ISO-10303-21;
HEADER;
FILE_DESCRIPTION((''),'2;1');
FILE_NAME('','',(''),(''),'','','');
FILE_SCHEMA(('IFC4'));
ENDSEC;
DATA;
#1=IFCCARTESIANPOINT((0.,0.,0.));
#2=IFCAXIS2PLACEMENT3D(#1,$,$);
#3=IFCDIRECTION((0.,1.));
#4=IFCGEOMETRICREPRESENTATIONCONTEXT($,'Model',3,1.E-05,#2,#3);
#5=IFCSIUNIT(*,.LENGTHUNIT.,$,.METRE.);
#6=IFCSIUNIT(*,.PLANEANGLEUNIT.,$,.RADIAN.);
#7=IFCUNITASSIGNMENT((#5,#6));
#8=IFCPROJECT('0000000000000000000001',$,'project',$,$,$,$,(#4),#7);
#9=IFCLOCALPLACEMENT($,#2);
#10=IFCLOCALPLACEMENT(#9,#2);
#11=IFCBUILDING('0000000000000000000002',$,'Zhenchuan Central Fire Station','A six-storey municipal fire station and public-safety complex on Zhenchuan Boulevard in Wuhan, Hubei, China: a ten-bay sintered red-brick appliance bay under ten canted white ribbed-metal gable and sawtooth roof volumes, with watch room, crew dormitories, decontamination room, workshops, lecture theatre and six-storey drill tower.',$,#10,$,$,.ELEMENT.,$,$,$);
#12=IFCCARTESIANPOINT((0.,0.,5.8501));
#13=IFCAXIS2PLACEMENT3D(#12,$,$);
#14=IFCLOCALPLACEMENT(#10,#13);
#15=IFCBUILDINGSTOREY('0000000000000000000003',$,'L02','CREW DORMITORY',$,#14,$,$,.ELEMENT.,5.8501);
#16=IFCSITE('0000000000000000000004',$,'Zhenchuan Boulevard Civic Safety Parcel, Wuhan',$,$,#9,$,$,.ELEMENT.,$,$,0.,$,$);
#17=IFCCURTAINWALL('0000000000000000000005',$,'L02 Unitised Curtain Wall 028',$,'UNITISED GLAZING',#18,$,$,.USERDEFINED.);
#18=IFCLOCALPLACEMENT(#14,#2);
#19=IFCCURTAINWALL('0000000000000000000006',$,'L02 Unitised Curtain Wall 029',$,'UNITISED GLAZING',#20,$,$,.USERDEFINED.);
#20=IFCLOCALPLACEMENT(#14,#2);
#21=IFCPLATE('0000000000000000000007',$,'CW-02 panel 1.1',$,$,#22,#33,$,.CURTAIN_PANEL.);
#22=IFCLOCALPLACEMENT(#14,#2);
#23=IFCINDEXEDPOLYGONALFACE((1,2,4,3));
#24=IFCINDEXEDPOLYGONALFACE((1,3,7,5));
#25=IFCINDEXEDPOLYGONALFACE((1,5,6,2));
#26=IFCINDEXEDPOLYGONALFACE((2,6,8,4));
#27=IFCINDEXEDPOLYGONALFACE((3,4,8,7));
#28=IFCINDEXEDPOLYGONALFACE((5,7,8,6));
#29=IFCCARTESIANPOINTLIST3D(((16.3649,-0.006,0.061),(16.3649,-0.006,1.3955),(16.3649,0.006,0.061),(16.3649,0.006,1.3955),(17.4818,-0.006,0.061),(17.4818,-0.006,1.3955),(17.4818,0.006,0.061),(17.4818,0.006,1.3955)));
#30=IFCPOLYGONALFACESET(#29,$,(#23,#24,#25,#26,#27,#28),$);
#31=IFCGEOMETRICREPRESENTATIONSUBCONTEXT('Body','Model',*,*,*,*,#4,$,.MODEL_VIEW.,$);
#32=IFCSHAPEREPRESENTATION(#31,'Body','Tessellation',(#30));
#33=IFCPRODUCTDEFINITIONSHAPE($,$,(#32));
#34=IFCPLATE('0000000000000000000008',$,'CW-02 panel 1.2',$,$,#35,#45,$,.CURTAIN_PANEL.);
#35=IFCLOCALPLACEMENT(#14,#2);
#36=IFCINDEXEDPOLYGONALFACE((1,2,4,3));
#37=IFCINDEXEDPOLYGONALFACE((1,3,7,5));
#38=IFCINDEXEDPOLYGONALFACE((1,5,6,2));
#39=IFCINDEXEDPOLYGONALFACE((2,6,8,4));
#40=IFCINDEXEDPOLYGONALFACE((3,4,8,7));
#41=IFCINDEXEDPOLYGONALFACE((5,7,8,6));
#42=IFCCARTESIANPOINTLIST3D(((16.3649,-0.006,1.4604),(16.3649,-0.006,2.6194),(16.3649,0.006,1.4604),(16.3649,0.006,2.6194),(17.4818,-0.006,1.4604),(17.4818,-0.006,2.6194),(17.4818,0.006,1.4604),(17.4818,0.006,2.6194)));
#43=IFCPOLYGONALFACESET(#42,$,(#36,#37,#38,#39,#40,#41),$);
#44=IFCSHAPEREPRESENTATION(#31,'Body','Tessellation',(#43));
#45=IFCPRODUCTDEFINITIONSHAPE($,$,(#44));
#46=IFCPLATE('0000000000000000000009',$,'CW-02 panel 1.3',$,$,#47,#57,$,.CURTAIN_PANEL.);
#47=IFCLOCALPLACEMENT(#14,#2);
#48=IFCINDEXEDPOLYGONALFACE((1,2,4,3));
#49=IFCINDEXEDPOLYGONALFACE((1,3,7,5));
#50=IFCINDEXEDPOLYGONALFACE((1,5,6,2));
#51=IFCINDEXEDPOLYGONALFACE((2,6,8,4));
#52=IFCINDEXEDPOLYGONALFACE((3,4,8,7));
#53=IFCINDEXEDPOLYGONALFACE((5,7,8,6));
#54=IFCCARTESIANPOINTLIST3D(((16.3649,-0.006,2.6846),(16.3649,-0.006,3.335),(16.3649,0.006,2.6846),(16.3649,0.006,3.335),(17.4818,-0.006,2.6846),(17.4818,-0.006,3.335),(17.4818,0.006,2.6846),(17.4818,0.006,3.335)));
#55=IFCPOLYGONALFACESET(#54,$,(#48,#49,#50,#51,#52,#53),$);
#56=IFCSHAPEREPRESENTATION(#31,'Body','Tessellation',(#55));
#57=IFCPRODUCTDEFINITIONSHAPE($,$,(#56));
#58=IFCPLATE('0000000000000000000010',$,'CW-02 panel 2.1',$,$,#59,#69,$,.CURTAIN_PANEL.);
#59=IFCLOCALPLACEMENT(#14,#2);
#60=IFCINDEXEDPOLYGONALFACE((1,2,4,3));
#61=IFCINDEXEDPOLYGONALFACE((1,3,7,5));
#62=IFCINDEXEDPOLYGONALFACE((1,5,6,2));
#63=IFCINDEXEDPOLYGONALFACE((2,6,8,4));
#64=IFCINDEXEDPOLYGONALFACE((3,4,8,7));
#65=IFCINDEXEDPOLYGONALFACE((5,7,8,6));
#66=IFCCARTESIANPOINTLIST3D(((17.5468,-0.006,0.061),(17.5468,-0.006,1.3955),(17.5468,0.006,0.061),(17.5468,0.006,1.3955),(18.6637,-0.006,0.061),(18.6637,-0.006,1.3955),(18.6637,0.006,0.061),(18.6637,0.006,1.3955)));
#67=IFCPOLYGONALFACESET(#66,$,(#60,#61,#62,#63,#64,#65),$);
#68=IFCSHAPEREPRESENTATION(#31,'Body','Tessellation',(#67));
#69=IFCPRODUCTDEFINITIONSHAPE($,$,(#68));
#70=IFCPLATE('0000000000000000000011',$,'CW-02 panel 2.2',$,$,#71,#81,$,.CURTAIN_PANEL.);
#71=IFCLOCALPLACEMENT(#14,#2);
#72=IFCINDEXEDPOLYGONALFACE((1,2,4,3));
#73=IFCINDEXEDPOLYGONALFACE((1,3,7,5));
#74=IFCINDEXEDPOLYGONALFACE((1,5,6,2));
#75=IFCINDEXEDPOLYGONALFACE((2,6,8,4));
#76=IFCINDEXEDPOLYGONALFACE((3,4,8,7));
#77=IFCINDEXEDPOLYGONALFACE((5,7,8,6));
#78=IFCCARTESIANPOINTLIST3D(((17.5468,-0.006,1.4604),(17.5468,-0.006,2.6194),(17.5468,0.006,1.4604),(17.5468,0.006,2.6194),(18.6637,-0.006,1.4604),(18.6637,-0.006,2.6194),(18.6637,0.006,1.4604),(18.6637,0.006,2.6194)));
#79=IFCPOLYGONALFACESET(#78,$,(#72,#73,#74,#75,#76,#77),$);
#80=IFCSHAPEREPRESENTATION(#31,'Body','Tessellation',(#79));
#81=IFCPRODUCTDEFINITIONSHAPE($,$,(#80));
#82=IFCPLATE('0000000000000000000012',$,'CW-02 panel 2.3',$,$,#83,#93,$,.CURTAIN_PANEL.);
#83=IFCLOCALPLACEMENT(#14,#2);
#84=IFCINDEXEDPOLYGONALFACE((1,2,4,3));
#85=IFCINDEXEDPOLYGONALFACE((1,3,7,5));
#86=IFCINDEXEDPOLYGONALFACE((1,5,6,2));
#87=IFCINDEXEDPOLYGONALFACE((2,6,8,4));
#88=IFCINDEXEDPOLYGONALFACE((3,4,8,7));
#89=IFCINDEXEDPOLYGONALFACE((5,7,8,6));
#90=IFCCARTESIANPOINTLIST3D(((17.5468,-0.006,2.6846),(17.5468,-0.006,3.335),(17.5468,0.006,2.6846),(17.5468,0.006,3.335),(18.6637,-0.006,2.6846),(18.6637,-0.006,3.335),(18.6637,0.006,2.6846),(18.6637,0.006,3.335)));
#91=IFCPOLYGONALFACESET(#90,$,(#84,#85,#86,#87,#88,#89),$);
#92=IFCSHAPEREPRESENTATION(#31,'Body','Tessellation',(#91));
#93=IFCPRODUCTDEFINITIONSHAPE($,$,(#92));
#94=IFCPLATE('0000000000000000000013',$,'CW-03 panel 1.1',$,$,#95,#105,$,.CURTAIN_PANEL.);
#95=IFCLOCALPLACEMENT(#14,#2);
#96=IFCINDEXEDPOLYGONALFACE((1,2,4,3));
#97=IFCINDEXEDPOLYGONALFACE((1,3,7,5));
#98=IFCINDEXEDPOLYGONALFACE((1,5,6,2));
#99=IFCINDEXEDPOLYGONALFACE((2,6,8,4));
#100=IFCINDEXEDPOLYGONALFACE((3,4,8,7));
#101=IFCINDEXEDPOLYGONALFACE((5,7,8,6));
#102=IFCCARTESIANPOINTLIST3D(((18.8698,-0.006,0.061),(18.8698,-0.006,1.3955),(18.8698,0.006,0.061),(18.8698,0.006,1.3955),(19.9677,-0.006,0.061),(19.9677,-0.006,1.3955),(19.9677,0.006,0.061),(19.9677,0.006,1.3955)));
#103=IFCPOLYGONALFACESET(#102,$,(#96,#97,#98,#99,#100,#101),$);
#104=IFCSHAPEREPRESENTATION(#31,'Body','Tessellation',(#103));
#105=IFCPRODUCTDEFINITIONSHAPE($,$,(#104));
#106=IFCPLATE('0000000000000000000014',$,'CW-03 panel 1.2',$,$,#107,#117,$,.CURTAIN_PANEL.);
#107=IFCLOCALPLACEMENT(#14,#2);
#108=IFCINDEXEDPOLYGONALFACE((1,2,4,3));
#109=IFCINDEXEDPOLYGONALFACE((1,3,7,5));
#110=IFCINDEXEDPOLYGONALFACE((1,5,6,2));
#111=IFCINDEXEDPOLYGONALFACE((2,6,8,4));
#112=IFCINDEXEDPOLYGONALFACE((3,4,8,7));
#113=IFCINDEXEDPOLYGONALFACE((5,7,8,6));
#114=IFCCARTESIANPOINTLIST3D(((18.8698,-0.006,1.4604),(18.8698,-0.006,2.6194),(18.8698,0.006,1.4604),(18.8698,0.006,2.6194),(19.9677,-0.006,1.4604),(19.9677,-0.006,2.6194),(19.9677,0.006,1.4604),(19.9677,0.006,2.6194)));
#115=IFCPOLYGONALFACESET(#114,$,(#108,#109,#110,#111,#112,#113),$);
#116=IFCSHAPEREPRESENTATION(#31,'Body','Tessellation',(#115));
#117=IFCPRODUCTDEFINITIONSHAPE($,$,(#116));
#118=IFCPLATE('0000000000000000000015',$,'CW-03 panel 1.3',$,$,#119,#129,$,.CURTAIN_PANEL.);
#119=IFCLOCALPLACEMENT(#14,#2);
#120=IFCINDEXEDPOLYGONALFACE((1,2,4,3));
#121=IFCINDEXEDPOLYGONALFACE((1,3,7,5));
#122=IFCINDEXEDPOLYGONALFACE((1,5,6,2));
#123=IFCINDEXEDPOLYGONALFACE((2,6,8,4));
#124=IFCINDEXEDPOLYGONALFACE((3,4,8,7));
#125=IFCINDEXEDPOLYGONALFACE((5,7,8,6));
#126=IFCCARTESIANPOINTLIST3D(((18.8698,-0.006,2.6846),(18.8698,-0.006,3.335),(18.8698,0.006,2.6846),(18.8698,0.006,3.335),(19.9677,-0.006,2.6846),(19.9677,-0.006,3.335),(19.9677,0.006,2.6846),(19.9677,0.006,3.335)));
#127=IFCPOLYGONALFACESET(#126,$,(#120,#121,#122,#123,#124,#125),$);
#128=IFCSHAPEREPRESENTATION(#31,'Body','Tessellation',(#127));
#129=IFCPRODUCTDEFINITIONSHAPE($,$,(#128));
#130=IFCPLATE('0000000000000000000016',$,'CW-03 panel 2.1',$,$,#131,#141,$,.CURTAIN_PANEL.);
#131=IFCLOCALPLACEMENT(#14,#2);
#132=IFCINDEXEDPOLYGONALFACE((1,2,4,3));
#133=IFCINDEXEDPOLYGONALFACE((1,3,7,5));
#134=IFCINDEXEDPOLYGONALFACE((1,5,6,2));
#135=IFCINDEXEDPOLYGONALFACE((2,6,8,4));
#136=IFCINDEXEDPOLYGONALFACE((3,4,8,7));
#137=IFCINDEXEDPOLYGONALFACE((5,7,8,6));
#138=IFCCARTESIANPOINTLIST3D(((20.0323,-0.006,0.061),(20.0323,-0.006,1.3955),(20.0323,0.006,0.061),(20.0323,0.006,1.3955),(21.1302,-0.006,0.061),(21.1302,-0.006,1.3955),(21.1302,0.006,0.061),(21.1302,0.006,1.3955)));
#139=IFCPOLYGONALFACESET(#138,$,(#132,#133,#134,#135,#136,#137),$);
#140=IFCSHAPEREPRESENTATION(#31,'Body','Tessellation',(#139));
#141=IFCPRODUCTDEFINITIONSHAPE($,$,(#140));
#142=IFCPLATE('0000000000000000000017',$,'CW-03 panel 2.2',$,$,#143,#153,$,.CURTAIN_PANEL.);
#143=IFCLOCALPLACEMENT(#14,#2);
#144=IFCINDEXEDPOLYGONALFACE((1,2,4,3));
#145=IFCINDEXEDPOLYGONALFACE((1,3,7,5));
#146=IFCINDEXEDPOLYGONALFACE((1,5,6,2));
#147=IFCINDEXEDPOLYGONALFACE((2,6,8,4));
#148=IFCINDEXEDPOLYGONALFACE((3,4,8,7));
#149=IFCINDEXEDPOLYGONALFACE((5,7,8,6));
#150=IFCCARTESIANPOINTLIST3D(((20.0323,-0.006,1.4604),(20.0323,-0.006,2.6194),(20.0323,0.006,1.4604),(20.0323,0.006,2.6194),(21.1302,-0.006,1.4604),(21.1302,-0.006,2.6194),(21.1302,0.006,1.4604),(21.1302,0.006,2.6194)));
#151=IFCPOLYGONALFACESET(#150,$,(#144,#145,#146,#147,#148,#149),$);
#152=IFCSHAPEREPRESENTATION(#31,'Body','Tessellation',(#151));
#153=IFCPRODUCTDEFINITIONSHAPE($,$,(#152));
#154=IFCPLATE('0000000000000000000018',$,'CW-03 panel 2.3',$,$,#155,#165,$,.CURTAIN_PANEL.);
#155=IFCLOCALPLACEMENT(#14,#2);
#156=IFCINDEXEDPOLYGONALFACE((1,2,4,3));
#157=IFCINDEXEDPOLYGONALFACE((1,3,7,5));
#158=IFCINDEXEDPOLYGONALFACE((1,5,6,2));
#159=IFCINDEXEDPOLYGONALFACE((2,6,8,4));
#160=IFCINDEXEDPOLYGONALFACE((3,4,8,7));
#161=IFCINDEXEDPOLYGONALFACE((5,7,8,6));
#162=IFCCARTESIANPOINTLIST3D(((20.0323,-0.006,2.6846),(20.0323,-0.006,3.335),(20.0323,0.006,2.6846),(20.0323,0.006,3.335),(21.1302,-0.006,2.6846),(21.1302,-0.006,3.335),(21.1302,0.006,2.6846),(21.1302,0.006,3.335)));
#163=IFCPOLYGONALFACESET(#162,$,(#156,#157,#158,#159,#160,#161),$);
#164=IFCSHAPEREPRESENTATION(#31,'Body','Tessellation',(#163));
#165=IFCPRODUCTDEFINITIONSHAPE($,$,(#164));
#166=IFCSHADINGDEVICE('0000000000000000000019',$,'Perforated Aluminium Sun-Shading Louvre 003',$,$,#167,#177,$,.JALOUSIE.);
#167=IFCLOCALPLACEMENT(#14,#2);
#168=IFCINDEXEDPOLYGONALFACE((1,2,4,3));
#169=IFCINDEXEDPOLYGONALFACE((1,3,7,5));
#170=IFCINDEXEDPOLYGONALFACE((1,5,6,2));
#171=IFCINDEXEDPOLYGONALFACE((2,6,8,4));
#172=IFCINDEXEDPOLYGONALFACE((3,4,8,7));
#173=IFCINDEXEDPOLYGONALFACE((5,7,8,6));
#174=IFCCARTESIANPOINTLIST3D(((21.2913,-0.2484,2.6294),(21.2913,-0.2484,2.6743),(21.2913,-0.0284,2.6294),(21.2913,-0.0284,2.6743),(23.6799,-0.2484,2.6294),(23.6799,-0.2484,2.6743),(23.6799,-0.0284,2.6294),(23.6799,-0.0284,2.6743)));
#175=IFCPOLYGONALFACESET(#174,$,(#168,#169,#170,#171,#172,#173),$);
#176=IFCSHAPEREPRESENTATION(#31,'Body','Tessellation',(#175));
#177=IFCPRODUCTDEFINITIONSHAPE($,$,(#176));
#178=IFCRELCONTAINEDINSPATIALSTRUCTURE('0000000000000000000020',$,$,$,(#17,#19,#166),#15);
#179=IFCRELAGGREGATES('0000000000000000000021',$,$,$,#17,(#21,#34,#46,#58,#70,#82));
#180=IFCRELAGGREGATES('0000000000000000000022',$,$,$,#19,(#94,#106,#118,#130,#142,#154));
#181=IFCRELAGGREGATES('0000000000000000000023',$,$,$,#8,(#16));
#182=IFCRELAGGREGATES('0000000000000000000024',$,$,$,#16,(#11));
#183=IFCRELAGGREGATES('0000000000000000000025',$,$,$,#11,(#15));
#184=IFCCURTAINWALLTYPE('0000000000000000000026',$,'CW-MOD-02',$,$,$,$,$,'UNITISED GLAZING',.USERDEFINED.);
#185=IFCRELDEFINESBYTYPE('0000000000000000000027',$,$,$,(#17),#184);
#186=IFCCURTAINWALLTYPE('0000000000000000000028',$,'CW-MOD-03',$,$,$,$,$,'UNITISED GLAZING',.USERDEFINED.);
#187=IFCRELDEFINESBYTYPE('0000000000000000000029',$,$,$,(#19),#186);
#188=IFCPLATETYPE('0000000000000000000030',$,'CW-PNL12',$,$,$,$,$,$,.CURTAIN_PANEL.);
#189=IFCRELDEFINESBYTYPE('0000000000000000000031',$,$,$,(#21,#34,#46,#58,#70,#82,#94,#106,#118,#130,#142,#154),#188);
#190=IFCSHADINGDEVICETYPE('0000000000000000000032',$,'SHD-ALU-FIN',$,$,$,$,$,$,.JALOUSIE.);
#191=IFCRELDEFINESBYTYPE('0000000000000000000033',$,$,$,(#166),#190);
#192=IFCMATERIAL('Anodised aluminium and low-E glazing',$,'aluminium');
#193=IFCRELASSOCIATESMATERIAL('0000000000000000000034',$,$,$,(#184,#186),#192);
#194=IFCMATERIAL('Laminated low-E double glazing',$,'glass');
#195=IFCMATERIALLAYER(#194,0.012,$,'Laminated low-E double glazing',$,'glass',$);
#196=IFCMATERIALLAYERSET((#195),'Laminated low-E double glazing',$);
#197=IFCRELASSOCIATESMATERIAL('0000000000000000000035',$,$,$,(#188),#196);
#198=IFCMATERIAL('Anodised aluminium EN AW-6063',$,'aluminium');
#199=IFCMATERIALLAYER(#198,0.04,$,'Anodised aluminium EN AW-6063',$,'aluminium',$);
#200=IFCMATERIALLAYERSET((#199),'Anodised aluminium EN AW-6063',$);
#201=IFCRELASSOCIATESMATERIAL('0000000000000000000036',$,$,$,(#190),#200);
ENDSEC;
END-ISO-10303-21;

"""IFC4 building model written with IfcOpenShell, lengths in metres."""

from ifc_helpers import new_model, si_unit, direction, frame, origin, origin_2d, place, context, subcontext, project, spatial, rectangle, extrude, material, layer, layer_set, type_object, element, aggregate, save


model = new_model("IFC4")

# Units and contexts
model_context = context("Model", 3, precision=1e-05, world=origin(), true_north=direction((0.0, 1.0)))
body_context = subcontext(model_context, "Body", "Model", "MODEL_VIEW")
ifc_project = project(units=[si_unit("LENGTHUNIT", "METRE"), si_unit("PLANEANGLEUNIT", "RADIAN")], contexts=[model_context])

# Site, building, storey
site_placement = place(None, origin())
site = spatial("IfcSite", under=ifc_project, at=site_placement, Name="Zhenchuan Boulevard Civic Safety Parcel, Wuhan", CompositionType="ELEMENT", RefElevation=0.0)
building_placement = place(site_placement, origin())
building = spatial("IfcBuilding", under=site, at=building_placement, Name="Zhenchuan Central Fire Station", Description="A six-storey municipal fire station and public-safety complex on Zhenchuan Boulevard in Wuhan, Hubei, China: a ten-bay sintered red-brick appliance bay under ten canted white ribbed-metal gable and sawtooth roof volumes, with watch room, crew dormitories, decontamination room, workshops, lecture theatre and six-storey drill tower.", CompositionType="ELEMENT")
storey_placement = place(building_placement, frame((0.0, 0.0, 5.8501)))
storey = spatial("IfcBuildingStorey", under=building, at=storey_placement, Name="L02", Description="CREW DORMITORY", CompositionType="ELEMENT", Elevation=5.8501)

# Curtain walls
ifc_material_1 = material(Name="Anodised aluminium and low-E glazing", Category="aluminium")
curtain_wall_type_1 = type_object("IfcCurtainWallType", Name="CW-MOD-02", ElementType="UNITISED GLAZING", PredefinedType="USERDEFINED", material=ifc_material_1)
curtain_wall_1_placement = place(storey_placement, origin())
curtain_wall_1 = element("IfcCurtainWall", 1, at=curtain_wall_1_placement, inside=storey, type_object=curtain_wall_type_1, Name="L02 Unitised Curtain Wall 028", ObjectType="UNITISED GLAZING", PredefinedType="USERDEFINED")
ifc_material_2 = material(Name="Anodised aluminium EN AW-6063", Category="aluminium")
curtain_wall_type_2 = type_object("IfcCurtainWallType", Name="CW-MOD-03", ElementType="UNITISED GLAZING", PredefinedType="USERDEFINED", material=ifc_material_1)
curtain_wall_2_placement = place(storey_placement, origin())
curtain_wall_2 = element("IfcCurtainWall", 2, at=curtain_wall_2_placement, inside=storey, type_object=curtain_wall_type_2, Name="L02 Unitised Curtain Wall 029", ObjectType="UNITISED GLAZING", PredefinedType="USERDEFINED")

# Plates
ifc_material_3 = material(Name="Laminated low-E double glazing", Category="glass")
ifc_layer_1 = layer(ifc_material_3, 0.012, Name="Laminated low-E double glazing", Category="glass")
ifc_layer_set_1 = layer_set([ifc_layer_1], Name="Laminated low-E double glazing")
plate_type = type_object("IfcPlateType", Name="CW-PNL12", PredefinedType="CURTAIN_PANEL", material=ifc_layer_set_1)
plate_1_placement = place(storey_placement, frame((16.9233, 0.0, 0.061), z_axis=(0.0, 0.0, 1.0), x_axis=(1.0, 0.0, 0.0)))
plate_1 = element("IfcPlate", 3, at=plate_1_placement, type_object=plate_type, Name="CW-02 panel 1.1", PredefinedType="CURTAIN_PANEL", context=body_context, shape_type="SweptSolid", body=[
    extrude(rectangle(XDim=1.1169, YDim=0.012, at=origin_2d()), origin(), (0.0, 0.0, 1.0), 1.3345),
])
plate_2_placement = place(storey_placement, frame((16.9233, 0.0, 1.4604), z_axis=(0.0, 0.0, 1.0), x_axis=(1.0, 0.0, 0.0)))
plate_2 = element("IfcPlate", 4, at=plate_2_placement, type_object=plate_type, Name="CW-02 panel 1.2", PredefinedType="CURTAIN_PANEL", context=body_context, shape_type="SweptSolid", body=[
    extrude(rectangle(XDim=1.1169, YDim=0.012, at=origin_2d()), origin(), (0.0, 0.0, 1.0), 1.1589),
])
plate_3_placement = place(storey_placement, frame((16.9233, 0.0, 2.6846), z_axis=(0.0, 0.0, 1.0), x_axis=(1.0, 0.0, 0.0)))
plate_3 = element("IfcPlate", 5, at=plate_3_placement, type_object=plate_type, Name="CW-02 panel 1.3", PredefinedType="CURTAIN_PANEL", context=body_context, shape_type="SweptSolid", body=[
    extrude(rectangle(XDim=1.1169, YDim=0.012, at=origin_2d()), origin(), (0.0, 0.0, 1.0), 0.6504),
])
plate_4_placement = place(storey_placement, frame((18.1052, 0.0, 0.061), z_axis=(0.0, 0.0, 1.0), x_axis=(1.0, 0.0, 0.0)))
plate_4 = element("IfcPlate", 6, at=plate_4_placement, type_object=plate_type, Name="CW-02 panel 2.1", PredefinedType="CURTAIN_PANEL", context=body_context, shape_type="SweptSolid", body=[
    extrude(rectangle(XDim=1.1169, YDim=0.012, at=origin_2d()), origin(), (0.0, 0.0, 1.0), 1.3345),
])
plate_5_placement = place(storey_placement, frame((18.1052, 0.0, 1.4604), z_axis=(0.0, 0.0, 1.0), x_axis=(1.0, 0.0, 0.0)))
plate_5 = element("IfcPlate", 7, at=plate_5_placement, type_object=plate_type, Name="CW-02 panel 2.2", PredefinedType="CURTAIN_PANEL", context=body_context, shape_type="SweptSolid", body=[
    extrude(rectangle(XDim=1.1169, YDim=0.012, at=origin_2d()), origin(), (0.0, 0.0, 1.0), 1.1589),
])
plate_6_placement = place(storey_placement, frame((18.1052, 0.0, 2.6846), z_axis=(0.0, 0.0, 1.0), x_axis=(1.0, 0.0, 0.0)))
plate_6 = element("IfcPlate", 8, at=plate_6_placement, type_object=plate_type, Name="CW-02 panel 2.3", PredefinedType="CURTAIN_PANEL", context=body_context, shape_type="SweptSolid", body=[
    extrude(rectangle(XDim=1.1169, YDim=0.012, at=origin_2d()), origin(), (0.0, 0.0, 1.0), 0.6504),
])
aggregate(curtain_wall_1, [plate_1, plate_2, plate_3, plate_4, plate_5, plate_6])
plate_7_placement = place(storey_placement, frame((19.4187, 0.0, 0.061), z_axis=(0.0, 0.0, 1.0), x_axis=(1.0, 0.0, 0.0)))
plate_7 = element("IfcPlate", 9, at=plate_7_placement, type_object=plate_type, Name="CW-03 panel 1.1", PredefinedType="CURTAIN_PANEL", context=body_context, shape_type="SweptSolid", body=[
    extrude(rectangle(XDim=1.0979, YDim=0.012, at=origin_2d()), origin(), (0.0, 0.0, 1.0), 1.3345),
])
plate_8_placement = place(storey_placement, frame((19.4187, 0.0, 1.4604), z_axis=(0.0, 0.0, 1.0), x_axis=(1.0, 0.0, 0.0)))
plate_8 = element("IfcPlate", 10, at=plate_8_placement, type_object=plate_type, Name="CW-03 panel 1.2", PredefinedType="CURTAIN_PANEL", context=body_context, shape_type="SweptSolid", body=[
    extrude(rectangle(XDim=1.0979, YDim=0.012, at=origin_2d()), origin(), (0.0, 0.0, 1.0), 1.1589),
])
plate_9_placement = place(storey_placement, frame((19.4187, 0.0, 2.6846), z_axis=(0.0, 0.0, 1.0), x_axis=(1.0, 0.0, 0.0)))
plate_9 = element("IfcPlate", 11, at=plate_9_placement, type_object=plate_type, Name="CW-03 panel 1.3", PredefinedType="CURTAIN_PANEL", context=body_context, shape_type="SweptSolid", body=[
    extrude(rectangle(XDim=1.0979, YDim=0.012, at=origin_2d()), origin(), (0.0, 0.0, 1.0), 0.6504),
])
plate_10_placement = place(storey_placement, frame((20.5813, 0.0, 0.061), z_axis=(0.0, 0.0, 1.0), x_axis=(1.0, 0.0, 0.0)))
plate_10 = element("IfcPlate", 12, at=plate_10_placement, type_object=plate_type, Name="CW-03 panel 2.1", PredefinedType="CURTAIN_PANEL", context=body_context, shape_type="SweptSolid", body=[
    extrude(rectangle(XDim=1.0979, YDim=0.012, at=origin_2d()), origin(), (0.0, 0.0, 1.0), 1.3345),
])
plate_11_placement = place(storey_placement, frame((20.5813, 0.0, 1.4604), z_axis=(0.0, 0.0, 1.0), x_axis=(1.0, 0.0, 0.0)))
plate_11 = element("IfcPlate", 13, at=plate_11_placement, type_object=plate_type, Name="CW-03 panel 2.2", PredefinedType="CURTAIN_PANEL", context=body_context, shape_type="SweptSolid", body=[
    extrude(rectangle(XDim=1.0979, YDim=0.012, at=origin_2d()), origin(), (0.0, 0.0, 1.0), 1.1589),
])
plate_12_placement = place(storey_placement, frame((20.5813, 0.0, 2.6846), z_axis=(0.0, 0.0, 1.0), x_axis=(1.0, 0.0, 0.0)))
plate_12 = element("IfcPlate", 14, at=plate_12_placement, type_object=plate_type, Name="CW-03 panel 2.3", PredefinedType="CURTAIN_PANEL", context=body_context, shape_type="SweptSolid", body=[
    extrude(rectangle(XDim=1.0979, YDim=0.012, at=origin_2d()), origin(), (0.0, 0.0, 1.0), 0.6504),
])
aggregate(curtain_wall_2, [plate_7, plate_8, plate_9, plate_10, plate_11, plate_12])

# Shading device
ifc_layer_2 = layer(ifc_material_2, 0.04, Name="Anodised aluminium EN AW-6063", Category="aluminium")
ifc_layer_set_2 = layer_set([ifc_layer_2], Name="Anodised aluminium EN AW-6063")
shading_device_type = type_object("IfcShadingDeviceType", Name="SHD-ALU-FIN", PredefinedType="JALOUSIE", material=ifc_layer_set_2)
shading_device_placement = place(storey_placement, frame((22.4856, -0.1384, 2.6294), z_axis=(0.0, 0.0, 1.0), x_axis=(1.0, 0.0, 0.0)))
element("IfcShadingDevice", 15, at=shading_device_placement, inside=storey, type_object=shading_device_type, Name="Perforated Aluminium Sun-Shading Louvre 003", PredefinedType="JALOUSIE", context=body_context, shape_type="SweptSolid", body=[
    extrude(rectangle(XDim=2.3887, YDim=0.22, at=origin_2d()), origin(), (0.0, 0.0, 1.0), 0.0449),
])

save(model, "model.ifc")
